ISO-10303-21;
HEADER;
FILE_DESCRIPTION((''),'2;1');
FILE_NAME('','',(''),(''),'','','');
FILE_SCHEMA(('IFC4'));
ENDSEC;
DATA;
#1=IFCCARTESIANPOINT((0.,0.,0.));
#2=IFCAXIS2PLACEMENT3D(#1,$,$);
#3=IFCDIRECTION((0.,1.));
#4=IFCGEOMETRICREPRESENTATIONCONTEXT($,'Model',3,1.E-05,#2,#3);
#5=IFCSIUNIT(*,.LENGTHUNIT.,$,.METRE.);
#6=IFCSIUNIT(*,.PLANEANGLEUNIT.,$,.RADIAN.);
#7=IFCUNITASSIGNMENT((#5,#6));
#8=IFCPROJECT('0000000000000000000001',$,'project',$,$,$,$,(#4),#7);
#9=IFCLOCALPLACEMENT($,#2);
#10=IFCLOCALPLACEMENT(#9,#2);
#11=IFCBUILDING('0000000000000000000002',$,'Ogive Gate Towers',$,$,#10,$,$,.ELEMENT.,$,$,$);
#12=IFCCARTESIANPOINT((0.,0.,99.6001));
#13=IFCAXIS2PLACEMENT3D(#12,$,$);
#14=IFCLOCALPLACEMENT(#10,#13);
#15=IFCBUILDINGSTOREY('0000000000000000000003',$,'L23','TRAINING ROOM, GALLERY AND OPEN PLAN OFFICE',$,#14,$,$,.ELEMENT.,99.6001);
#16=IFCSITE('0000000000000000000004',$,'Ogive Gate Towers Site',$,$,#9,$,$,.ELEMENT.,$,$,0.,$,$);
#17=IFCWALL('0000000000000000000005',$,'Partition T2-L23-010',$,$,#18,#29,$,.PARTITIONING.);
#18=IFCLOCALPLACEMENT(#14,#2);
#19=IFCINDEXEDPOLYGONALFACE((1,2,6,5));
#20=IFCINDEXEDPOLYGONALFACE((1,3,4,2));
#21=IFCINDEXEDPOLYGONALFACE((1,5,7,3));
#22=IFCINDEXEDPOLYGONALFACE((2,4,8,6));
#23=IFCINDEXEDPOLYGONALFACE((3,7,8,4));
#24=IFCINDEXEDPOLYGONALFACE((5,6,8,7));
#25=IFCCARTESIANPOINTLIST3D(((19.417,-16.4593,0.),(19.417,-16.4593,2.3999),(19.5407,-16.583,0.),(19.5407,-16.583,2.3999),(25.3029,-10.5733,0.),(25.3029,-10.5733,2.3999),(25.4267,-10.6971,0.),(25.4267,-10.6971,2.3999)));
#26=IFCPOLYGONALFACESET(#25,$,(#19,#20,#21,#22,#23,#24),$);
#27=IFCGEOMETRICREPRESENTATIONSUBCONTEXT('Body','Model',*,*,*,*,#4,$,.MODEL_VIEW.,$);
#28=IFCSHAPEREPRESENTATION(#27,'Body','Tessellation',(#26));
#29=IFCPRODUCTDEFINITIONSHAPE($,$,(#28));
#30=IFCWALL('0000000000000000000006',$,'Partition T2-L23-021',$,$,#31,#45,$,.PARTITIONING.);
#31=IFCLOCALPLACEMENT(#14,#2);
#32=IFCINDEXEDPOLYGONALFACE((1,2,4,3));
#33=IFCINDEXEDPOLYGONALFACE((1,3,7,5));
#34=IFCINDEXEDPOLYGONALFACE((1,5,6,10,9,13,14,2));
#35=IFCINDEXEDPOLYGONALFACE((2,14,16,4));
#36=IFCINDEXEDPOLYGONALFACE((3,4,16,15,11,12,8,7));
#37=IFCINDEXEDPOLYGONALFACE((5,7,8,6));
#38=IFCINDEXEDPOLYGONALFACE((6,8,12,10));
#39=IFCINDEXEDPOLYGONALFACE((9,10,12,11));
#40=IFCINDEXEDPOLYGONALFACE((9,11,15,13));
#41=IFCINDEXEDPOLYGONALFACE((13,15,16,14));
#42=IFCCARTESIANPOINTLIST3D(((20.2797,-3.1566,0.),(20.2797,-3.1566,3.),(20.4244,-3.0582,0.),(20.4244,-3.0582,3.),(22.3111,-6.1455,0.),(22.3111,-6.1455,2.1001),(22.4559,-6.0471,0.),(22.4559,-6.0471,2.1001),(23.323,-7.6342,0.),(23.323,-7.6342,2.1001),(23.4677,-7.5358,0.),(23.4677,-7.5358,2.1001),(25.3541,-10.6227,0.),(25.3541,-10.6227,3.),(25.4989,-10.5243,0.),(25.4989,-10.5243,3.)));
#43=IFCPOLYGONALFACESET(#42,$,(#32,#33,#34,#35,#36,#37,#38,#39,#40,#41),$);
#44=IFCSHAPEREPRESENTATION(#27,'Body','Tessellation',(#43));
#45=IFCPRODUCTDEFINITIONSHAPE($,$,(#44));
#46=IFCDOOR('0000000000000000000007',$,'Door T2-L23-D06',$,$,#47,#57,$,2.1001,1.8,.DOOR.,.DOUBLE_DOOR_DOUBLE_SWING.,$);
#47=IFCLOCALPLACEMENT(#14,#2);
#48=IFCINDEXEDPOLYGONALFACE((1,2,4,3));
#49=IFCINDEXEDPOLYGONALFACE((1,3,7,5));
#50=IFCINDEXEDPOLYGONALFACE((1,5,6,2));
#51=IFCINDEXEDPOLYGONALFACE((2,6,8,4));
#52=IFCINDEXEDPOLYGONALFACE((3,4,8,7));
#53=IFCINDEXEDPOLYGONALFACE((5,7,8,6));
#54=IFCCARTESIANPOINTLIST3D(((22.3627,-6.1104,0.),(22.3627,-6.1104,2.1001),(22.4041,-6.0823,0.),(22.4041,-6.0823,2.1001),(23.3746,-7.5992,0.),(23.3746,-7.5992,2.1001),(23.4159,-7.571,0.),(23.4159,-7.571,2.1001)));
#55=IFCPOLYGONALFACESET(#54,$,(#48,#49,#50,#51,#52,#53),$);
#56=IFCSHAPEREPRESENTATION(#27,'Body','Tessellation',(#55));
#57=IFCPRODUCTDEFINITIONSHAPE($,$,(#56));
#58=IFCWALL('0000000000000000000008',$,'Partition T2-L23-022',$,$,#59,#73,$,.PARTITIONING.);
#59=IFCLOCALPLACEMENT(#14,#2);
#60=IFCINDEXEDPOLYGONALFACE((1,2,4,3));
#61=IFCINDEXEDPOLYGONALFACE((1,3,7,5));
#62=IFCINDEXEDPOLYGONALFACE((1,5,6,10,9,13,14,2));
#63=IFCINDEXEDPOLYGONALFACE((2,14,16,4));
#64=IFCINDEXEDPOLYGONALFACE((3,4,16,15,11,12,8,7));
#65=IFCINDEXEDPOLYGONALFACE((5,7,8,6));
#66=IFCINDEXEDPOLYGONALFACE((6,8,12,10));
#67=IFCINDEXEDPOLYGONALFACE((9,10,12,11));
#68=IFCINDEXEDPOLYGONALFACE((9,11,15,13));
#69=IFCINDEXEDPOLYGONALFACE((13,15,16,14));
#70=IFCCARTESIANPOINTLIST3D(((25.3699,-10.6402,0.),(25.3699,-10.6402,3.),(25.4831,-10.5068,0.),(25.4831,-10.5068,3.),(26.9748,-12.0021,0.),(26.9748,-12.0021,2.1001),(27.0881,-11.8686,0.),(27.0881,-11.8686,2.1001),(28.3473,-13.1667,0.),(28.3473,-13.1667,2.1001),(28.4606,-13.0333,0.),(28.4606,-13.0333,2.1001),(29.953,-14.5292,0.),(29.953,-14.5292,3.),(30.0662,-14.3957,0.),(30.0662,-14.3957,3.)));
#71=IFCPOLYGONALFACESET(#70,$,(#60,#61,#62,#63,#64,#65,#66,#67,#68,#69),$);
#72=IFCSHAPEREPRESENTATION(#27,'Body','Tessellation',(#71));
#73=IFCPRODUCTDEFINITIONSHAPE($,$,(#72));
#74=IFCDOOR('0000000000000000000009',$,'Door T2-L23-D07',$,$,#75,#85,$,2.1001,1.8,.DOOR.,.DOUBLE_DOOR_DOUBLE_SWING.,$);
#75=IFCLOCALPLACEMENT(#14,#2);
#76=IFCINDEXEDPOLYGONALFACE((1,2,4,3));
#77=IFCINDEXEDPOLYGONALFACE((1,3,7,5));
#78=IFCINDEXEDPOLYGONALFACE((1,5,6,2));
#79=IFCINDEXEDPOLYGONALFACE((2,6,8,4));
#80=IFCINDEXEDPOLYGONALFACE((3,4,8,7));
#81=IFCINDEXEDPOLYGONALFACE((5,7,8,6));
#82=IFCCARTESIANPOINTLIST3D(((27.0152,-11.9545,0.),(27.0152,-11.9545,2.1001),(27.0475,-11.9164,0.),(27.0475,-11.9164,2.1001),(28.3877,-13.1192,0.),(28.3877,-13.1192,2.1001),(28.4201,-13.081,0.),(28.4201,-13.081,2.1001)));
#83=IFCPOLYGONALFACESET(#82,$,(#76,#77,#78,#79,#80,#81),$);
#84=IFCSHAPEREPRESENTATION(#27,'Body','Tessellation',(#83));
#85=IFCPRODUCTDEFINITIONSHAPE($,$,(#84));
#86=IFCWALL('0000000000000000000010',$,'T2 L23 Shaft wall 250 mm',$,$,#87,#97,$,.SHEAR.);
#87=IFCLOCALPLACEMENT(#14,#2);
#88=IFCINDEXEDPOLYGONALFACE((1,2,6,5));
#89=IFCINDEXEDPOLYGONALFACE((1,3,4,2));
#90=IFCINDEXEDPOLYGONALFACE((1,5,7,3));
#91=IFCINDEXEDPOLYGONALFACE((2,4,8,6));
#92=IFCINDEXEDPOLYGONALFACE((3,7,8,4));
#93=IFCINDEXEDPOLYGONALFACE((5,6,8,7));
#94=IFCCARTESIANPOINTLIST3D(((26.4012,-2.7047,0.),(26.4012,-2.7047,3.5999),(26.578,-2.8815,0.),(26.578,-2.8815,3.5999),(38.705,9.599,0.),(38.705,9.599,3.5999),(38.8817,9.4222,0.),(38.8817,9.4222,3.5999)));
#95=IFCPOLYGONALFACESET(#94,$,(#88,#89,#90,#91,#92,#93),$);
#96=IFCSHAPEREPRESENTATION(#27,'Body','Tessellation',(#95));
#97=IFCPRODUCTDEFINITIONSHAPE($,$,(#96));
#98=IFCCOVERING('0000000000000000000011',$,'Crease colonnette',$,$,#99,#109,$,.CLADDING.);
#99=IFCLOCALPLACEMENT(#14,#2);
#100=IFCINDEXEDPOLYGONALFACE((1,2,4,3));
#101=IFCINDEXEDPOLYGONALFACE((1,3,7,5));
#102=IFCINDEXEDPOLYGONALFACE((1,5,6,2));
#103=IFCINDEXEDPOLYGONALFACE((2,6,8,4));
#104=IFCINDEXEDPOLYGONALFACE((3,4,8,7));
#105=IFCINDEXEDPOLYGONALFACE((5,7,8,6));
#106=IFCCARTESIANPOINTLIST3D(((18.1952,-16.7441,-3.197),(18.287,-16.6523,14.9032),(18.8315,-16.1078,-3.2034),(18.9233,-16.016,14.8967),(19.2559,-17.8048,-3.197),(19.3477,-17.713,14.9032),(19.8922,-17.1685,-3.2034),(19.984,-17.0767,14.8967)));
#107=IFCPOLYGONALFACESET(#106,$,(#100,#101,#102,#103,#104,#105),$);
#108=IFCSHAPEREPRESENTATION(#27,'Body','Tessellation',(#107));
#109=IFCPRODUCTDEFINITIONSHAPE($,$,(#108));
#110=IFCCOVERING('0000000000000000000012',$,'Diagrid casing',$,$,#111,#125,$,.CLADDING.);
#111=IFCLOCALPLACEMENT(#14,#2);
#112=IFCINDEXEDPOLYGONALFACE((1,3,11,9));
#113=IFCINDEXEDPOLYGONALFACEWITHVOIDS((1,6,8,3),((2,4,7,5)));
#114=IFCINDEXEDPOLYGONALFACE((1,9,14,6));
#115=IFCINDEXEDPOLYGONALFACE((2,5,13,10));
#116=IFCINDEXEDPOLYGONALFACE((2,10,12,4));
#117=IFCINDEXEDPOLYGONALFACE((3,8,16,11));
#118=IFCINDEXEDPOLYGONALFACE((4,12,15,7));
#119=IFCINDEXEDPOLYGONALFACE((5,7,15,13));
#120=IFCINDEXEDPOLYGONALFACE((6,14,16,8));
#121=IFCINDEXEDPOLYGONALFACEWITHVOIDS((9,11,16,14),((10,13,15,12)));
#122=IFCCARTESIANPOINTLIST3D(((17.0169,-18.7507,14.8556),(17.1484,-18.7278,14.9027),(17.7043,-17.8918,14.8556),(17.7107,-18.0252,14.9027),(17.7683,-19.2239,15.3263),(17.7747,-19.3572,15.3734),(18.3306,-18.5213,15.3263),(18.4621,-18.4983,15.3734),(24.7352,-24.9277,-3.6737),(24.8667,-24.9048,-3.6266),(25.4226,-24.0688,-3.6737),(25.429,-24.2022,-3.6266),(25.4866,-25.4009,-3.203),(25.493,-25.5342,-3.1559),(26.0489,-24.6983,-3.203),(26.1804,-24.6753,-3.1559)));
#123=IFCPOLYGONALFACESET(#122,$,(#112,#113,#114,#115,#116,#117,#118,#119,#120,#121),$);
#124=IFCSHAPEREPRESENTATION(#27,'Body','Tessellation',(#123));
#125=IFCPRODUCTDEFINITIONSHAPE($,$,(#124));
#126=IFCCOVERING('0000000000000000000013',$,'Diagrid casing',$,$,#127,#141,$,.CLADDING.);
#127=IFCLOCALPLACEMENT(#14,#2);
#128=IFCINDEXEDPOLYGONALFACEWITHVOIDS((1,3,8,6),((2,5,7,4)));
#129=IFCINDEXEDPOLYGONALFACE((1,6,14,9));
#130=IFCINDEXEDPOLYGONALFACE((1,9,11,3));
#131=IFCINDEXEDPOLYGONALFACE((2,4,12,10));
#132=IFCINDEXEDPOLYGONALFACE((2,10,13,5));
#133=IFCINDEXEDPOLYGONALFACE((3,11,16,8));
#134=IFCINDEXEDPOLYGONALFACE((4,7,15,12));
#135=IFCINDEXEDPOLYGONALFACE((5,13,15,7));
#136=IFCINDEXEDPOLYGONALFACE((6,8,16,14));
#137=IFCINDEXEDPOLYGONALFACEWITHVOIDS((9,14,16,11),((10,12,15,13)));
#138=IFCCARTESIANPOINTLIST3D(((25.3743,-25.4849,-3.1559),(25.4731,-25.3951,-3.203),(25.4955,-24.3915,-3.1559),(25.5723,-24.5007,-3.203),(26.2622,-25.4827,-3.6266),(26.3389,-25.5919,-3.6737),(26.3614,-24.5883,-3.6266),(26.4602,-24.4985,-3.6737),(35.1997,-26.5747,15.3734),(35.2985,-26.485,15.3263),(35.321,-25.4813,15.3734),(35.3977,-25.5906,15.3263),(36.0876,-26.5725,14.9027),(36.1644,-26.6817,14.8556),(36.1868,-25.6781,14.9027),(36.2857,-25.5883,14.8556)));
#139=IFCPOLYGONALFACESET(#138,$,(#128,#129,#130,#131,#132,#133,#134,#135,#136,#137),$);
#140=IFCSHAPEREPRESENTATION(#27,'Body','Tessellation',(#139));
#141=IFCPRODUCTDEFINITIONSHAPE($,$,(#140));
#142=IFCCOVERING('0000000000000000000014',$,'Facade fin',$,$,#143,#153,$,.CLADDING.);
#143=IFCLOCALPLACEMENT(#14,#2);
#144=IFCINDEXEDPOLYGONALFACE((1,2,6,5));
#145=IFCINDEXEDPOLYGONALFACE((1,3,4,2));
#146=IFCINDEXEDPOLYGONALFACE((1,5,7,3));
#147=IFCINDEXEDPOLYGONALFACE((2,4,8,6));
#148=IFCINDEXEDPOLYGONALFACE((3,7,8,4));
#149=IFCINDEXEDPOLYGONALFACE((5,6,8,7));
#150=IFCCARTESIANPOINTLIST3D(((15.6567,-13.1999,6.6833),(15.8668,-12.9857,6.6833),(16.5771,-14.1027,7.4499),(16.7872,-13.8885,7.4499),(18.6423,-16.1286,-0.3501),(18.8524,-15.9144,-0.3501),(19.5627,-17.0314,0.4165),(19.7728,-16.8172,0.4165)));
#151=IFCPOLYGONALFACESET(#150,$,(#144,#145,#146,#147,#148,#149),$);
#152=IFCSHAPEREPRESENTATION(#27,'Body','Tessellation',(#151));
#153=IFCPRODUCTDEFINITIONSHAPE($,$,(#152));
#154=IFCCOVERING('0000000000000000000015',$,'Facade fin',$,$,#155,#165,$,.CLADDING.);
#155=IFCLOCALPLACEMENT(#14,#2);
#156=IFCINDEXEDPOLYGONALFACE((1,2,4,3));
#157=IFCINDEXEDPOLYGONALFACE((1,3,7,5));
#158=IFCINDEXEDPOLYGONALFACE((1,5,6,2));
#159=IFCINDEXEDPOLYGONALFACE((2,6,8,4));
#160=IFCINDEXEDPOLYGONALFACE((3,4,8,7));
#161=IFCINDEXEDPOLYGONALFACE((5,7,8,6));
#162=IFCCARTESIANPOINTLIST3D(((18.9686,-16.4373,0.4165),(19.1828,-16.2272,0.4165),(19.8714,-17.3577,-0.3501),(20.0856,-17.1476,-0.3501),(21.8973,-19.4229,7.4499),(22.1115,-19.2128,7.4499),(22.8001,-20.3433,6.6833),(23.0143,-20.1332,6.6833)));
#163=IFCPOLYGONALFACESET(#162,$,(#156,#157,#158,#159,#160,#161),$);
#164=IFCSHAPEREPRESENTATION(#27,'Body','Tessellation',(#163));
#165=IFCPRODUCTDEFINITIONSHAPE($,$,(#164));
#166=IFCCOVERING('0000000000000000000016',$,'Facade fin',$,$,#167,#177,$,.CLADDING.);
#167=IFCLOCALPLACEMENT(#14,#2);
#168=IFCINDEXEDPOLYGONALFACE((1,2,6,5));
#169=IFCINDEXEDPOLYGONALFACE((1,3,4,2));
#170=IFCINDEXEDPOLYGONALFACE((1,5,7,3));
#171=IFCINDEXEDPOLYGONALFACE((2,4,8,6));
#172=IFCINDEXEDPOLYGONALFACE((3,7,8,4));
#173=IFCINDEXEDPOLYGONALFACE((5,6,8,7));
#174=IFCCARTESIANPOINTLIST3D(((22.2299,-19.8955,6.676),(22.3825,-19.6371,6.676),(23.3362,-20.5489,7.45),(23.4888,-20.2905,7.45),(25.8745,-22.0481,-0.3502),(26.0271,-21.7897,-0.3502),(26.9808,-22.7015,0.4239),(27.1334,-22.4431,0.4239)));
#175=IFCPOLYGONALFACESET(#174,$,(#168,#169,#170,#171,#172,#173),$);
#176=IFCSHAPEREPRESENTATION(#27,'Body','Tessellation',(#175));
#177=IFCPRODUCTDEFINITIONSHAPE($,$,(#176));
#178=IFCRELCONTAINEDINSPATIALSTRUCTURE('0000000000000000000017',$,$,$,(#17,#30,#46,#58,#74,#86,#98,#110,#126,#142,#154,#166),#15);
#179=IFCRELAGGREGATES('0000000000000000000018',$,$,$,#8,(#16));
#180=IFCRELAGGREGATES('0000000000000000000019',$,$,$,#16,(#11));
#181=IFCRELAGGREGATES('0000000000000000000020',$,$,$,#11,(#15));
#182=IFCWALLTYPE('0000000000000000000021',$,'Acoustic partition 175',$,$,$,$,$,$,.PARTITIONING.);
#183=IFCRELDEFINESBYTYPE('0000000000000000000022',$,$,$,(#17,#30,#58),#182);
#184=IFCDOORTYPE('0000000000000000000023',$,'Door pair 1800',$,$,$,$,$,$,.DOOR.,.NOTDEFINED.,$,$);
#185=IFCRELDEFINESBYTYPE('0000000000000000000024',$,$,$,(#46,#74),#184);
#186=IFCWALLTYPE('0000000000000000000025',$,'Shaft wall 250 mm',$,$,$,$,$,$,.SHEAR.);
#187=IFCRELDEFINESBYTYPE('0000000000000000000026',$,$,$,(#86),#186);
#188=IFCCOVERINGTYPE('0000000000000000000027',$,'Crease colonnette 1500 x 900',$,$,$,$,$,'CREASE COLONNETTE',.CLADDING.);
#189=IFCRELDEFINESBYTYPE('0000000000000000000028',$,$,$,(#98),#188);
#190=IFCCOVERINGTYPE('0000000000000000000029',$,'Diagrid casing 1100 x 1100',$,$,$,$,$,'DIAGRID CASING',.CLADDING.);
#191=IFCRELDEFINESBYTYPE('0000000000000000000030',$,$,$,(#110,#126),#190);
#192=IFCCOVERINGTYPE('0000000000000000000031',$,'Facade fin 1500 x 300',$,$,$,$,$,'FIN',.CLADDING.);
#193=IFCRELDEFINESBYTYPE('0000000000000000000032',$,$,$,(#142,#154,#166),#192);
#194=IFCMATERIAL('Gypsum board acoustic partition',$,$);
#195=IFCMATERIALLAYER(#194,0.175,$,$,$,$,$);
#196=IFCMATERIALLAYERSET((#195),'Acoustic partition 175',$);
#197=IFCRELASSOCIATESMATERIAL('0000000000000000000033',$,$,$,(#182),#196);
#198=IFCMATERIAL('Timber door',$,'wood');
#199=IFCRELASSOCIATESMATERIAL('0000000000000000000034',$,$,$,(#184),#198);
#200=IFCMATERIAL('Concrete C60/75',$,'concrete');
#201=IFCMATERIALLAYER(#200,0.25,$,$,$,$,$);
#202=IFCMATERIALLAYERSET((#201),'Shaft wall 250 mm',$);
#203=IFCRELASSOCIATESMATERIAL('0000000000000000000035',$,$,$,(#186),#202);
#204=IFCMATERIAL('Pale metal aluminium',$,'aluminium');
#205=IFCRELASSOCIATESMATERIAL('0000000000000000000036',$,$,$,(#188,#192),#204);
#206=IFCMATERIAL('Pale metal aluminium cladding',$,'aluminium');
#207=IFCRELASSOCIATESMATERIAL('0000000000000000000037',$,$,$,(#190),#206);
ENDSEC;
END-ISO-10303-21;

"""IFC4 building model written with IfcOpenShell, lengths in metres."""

from ifc_helpers import new_model, si_unit, direction, frame, frame_2d, origin, origin_2d, place, context, subcontext, project, spatial, rectangle, hollow_rectangle, extrude, material, layer, layer_set, material_profile, profile_set, type_object, element, fill, save


model = new_model("IFC4")

# Units and contexts
model_context = context("Model", 3, precision=1e-05, world=origin(), true_north=direction((0.0, 1.0)))
body_context = subcontext(model_context, "Body", "Model", "MODEL_VIEW")
ifc_project = project(units=[si_unit("LENGTHUNIT", "METRE"), si_unit("PLANEANGLEUNIT", "RADIAN")], contexts=[model_context])

# Site, building, storey
site_placement = place(None, origin())
site = spatial("IfcSite", under=ifc_project, at=site_placement, Name="Ogive Gate Towers Site", CompositionType="ELEMENT", RefElevation=0.0)
building_placement = place(site_placement, origin())
building = spatial("IfcBuilding", under=site, at=building_placement, Name="Ogive Gate Towers", CompositionType="ELEMENT")
storey_placement = place(building_placement, frame((0.0, 0.0, 99.6001)))
storey = spatial("IfcBuildingStorey", under=building, at=storey_placement, Name="L23", Description="TRAINING ROOM, GALLERY AND OPEN PLAN OFFICE", CompositionType="ELEMENT", Elevation=99.6001)

# Shared definitions
ifc_material_1 = material(Name="Pale metal aluminium", Category="aluminium")

# Wall
ifc_material_2 = material(Name="Gypsum board acoustic partition")
ifc_layer_1 = layer(ifc_material_2, 0.175)
ifc_layer_set_1 = layer_set([ifc_layer_1], Name="Acoustic partition 175")
wall_type_1 = type_object("IfcWallType", Name="Acoustic partition 175", PredefinedType="PARTITIONING", material=ifc_layer_set_1)
wall_1_placement = place(storey_placement, frame((19.4788, -16.5212, 0.0), z_axis=(0.0, 0.0, 1.0), x_axis=(0.707107, 0.707107, 0.0)))
element("IfcWall", 1, at=wall_1_placement, inside=storey, type_object=wall_type_1, Name="Partition T2-L23-010", PredefinedType="PARTITIONING", context=body_context, shape_type="SweptSolid", body=[
    extrude(rectangle(XDim=8.324, YDim=0.175, at=frame_2d((4.1621, 0.0))), origin(), (0.0, 0.0, 1.0), 2.3999),
])

# Walls, openings, doors
wall_2_placement = place(storey_placement, frame((20.3521, -3.1074, 0.0), z_axis=(0.0, 0.0, 1.0), x_axis=(0.562124, -0.827053, 0.0)))
wall_2 = element("IfcWall", 2, at=wall_2_placement, inside=storey, type_object=wall_type_1, Name="Partition T2-L23-021", PredefinedType="PARTITIONING", context=body_context, shape_type="SweptSolid", body=[
    extrude(rectangle(XDim=9.0273, YDim=0.175, at=frame_2d((4.5137, 0.0))), origin(), (0.0, 0.0, 1.0), 3.0),
])
opening_1_placement = place(wall_2_placement, frame((3.614, 0.0, 0.0)))
opening_1 = element("IfcOpeningElement", 3, at=opening_1_placement, cuts=wall_2, PredefinedType="OPENING", context=body_context, shape_type="SweptSolid", body=[
    extrude(rectangle(XDim=1.8, YDim=2.1001, at=frame_2d((0.8999, 1.05))), frame((0.0, 0.0977, 0.0), z_axis=(0.0, -1.0, 0.0), x_axis=(1.0, 0.0, 0.0)), (0.0, 0.0, 1.0), 0.1951),
])
ifc_material_3 = material(Name="Timber door", Category="wood")
door_type = type_object("IfcDoorType", Name="Door pair 1800", OperationType="NOTDEFINED", PredefinedType="DOOR", material=ifc_material_3)
door_1_placement = place(opening_1_placement, origin())
door_1 = element("IfcDoor", 4, at=door_1_placement, inside=storey, type_object=door_type, Name="Door T2-L23-D06", OperationType="DOUBLE_DOOR_DOUBLE_SWING", OverallHeight=2.1001, OverallWidth=1.8, PredefinedType="DOOR", context=body_context, shape_type="SweptSolid", body=[
    extrude(rectangle(XDim=1.8, YDim=2.1001, at=frame_2d((0.8999, 1.05))), frame((0.0, 0.0249, 0.0), z_axis=(0.0, -1.0, 0.0), x_axis=(1.0, 0.0, 0.0)), (0.0, 0.0, 1.0), 0.05),
])
fill(opening_1, door_1)
wall_3_placement = place(storey_placement, frame((25.4265, -10.5735, 0.0), z_axis=(0.0, 0.0, 1.0), x_axis=(0.762484, -0.647007, 0.0)))
wall_3 = element("IfcWall", 5, at=wall_3_placement, inside=storey, type_object=wall_type_1, Name="Partition T2-L23-022", PredefinedType="PARTITIONING", context=body_context, shape_type="SweptSolid", body=[
    extrude(rectangle(XDim=6.0107, YDim=0.175, at=frame_2d((3.0054, 0.0))), origin(), (0.0, 0.0, 1.0), 3.0),
])
opening_2_placement = place(wall_3_placement, frame((2.105, 0.0, 0.0)))
opening_2 = element("IfcOpeningElement", 6, at=opening_2_placement, cuts=wall_3, PredefinedType="OPENING", context=body_context, shape_type="SweptSolid", body=[
    extrude(rectangle(XDim=1.8, YDim=2.1001, at=frame_2d((0.8999, 1.05))), frame((0.0, 0.0977, 0.0), z_axis=(0.0, -1.0, 0.0), x_axis=(1.0, 0.0, 0.0)), (0.0, 0.0, 1.0), 0.1951),
])
door_2_placement = place(opening_2_placement, origin())
door_2 = element("IfcDoor", 7, at=door_2_placement, inside=storey, type_object=door_type, Name="Door T2-L23-D07", OperationType="DOUBLE_DOOR_DOUBLE_SWING", OverallHeight=2.1001, OverallWidth=1.8, PredefinedType="DOOR", context=body_context, shape_type="SweptSolid", body=[
    extrude(rectangle(XDim=1.8, YDim=2.1001, at=frame_2d((0.8999, 1.05))), frame((0.0, 0.0249, 0.0), z_axis=(0.0, -1.0, 0.0), x_axis=(1.0, 0.0, 0.0)), (0.0, 0.0, 1.0), 0.05),
])
fill(opening_2, door_2)

# Wall
ifc_material_4 = material(Name="Concrete C60/75", Category="concrete")
ifc_layer_2 = layer(ifc_material_4, 0.25)
ifc_layer_set_2 = layer_set([ifc_layer_2], Name="Shaft wall 250 mm")
wall_type_2 = type_object("IfcWallType", Name="Shaft wall 250 mm", PredefinedType="SHEAR", material=ifc_layer_set_2)
wall_4_placement = place(storey_placement, frame((26.4895, -2.7932, 0.0), z_axis=(0.0, 0.0, 1.0), x_axis=(0.707107, 0.707107, 0.0)))
element("IfcWall", 8, at=wall_4_placement, inside=storey, type_object=wall_type_2, Name="T2 L23 Shaft wall 250 mm", PredefinedType="SHEAR", context=body_context, shape_type="SweptSolid", body=[
    extrude(rectangle(XDim=17.4001, YDim=0.25, at=frame_2d((8.7002, 0.0))), origin(), (0.0, 0.0, 1.0), 3.5999),
])

# Coverings
ifc_material_profile_1 = material_profile(ifc_material_1, rectangle(XDim=1.5, YDim=0.8999, at=origin_2d()), Name="1500 x 900 pale metal aluminium")
ifc_profile_set_1 = profile_set([ifc_material_profile_1], Name="Pale metal aluminium")
covering_type_1 = type_object("IfcCoveringType", Name="Crease colonnette 1500 x 900", ElementType="CREASE COLONNETTE", PredefinedType="CLADDING", material=ifc_profile_set_1)
covering_1_placement = place(storey_placement, frame((19.0437, -16.9563, -3.2002), z_axis=(0.005071, 0.005071, 0.999974), x_axis=(-0.707107, 0.707107, 0.0)))
element("IfcCovering", 9, at=covering_1_placement, inside=storey, type_object=covering_type_1, Name="Crease colonnette", PredefinedType="CLADDING", context=body_context, shape_type="SweptSolid", body=[
    extrude(rectangle(XDim=1.5, YDim=0.8999, at=origin_2d()), origin(), (0.0, 0.0, 1.0), 18.1006),
])
ifc_material_5 = material(Name="Pale metal aluminium cladding", Category="aluminium")
ifc_material_profile_2 = material_profile(ifc_material_5, hollow_rectangle(XDim=1.1001, YDim=1.1001, WallThickness=0.1001, at=origin_2d()), Name="1100 x 1100 pale metal casing")
ifc_profile_set_2 = profile_set([ifc_material_profile_2], Name="Pale metal aluminium cladding")
covering_type_2 = type_object("IfcCoveringType", Name="Diagrid casing 1100 x 1100", ElementType="DIAGRID CASING", PredefinedType="CLADDING", material=ifc_profile_set_2)
for number, where, z_axis, x_axis, name in (
    (10, (25.4578, -24.8015, -3.4148), (-0.367511, 0.294122, 0.882286), (-0.624843, -0.780751, 0.0), "Diagrid casing"),
    (11, (25.9172, -24.9917, -3.4148), (0.467845, -0.051894, 0.882286), (0.110244, 0.993904, 0.0), "Diagrid casing"),
):
    element("IfcCovering", number, at=place(storey_placement, frame(where, z_axis=z_axis, x_axis=x_axis)), inside=storey, type_object=covering_type_2, Name=name, PredefinedType="CLADDING", context=body_context, shape_type="SweptSolid", body=[
        extrude(hollow_rectangle(XDim=1.1001, YDim=1.1001, WallThickness=0.1001, at=origin_2d()), origin(), (0.0, 0.0, 1.0), 21.0015),
    ])
ifc_material_profile_3 = material_profile(ifc_material_1, rectangle(XDim=0.3, YDim=1.5, at=origin_2d()), Name="1500 x 300 pale metal aluminium")
ifc_profile_set_3 = profile_set([ifc_material_profile_3], Name="Pale metal aluminium")
covering_type_3 = type_object("IfcCoveringType", Name="Facade fin 1500 x 300", ElementType="FIN", PredefinedType="CLADDING", material=ifc_profile_set_3)
for number, where, z_axis, x_axis, name in (
    (12, (19.2075, -16.4729, 0.0332), (-0.364856, 0.357904, 0.859526), (-0.700273, -0.713875, 0.0), "Facade fin"),
    (13, (19.5271, -16.7925, 0.0332), (0.357904, -0.364856, 0.859526), (0.713875, 0.700273, 0.0), "Facade fin"),
):
    element("IfcCovering", number, at=place(storey_placement, frame(where, z_axis=z_axis, x_axis=x_axis)), inside=storey, type_object=covering_type_3, Name=name, PredefinedType="CLADDING", context=body_context, shape_type="SweptSolid", body=[
        extrude(rectangle(XDim=0.3, YDim=1.5, at=origin_2d()), origin(), (0.0, 0.0, 1.0), 8.1829),
    ])
covering_2_placement = place(storey_placement, frame((26.5039, -22.2456, 0.0369), z_axis=(-0.444314, 0.262428, 0.856573), x_axis=(-0.508554, -0.86103, 0.0)))
element("IfcCovering", 14, at=covering_2_placement, inside=storey, type_object=covering_type_3, Name="Facade fin", PredefinedType="CLADDING", context=body_context, shape_type="SweptSolid", body=[
    extrude(rectangle(XDim=0.3, YDim=1.5, at=origin_2d()), origin(), (0.0, 0.0, 1.0), 8.2026),
])

save(model, "model.ifc")
